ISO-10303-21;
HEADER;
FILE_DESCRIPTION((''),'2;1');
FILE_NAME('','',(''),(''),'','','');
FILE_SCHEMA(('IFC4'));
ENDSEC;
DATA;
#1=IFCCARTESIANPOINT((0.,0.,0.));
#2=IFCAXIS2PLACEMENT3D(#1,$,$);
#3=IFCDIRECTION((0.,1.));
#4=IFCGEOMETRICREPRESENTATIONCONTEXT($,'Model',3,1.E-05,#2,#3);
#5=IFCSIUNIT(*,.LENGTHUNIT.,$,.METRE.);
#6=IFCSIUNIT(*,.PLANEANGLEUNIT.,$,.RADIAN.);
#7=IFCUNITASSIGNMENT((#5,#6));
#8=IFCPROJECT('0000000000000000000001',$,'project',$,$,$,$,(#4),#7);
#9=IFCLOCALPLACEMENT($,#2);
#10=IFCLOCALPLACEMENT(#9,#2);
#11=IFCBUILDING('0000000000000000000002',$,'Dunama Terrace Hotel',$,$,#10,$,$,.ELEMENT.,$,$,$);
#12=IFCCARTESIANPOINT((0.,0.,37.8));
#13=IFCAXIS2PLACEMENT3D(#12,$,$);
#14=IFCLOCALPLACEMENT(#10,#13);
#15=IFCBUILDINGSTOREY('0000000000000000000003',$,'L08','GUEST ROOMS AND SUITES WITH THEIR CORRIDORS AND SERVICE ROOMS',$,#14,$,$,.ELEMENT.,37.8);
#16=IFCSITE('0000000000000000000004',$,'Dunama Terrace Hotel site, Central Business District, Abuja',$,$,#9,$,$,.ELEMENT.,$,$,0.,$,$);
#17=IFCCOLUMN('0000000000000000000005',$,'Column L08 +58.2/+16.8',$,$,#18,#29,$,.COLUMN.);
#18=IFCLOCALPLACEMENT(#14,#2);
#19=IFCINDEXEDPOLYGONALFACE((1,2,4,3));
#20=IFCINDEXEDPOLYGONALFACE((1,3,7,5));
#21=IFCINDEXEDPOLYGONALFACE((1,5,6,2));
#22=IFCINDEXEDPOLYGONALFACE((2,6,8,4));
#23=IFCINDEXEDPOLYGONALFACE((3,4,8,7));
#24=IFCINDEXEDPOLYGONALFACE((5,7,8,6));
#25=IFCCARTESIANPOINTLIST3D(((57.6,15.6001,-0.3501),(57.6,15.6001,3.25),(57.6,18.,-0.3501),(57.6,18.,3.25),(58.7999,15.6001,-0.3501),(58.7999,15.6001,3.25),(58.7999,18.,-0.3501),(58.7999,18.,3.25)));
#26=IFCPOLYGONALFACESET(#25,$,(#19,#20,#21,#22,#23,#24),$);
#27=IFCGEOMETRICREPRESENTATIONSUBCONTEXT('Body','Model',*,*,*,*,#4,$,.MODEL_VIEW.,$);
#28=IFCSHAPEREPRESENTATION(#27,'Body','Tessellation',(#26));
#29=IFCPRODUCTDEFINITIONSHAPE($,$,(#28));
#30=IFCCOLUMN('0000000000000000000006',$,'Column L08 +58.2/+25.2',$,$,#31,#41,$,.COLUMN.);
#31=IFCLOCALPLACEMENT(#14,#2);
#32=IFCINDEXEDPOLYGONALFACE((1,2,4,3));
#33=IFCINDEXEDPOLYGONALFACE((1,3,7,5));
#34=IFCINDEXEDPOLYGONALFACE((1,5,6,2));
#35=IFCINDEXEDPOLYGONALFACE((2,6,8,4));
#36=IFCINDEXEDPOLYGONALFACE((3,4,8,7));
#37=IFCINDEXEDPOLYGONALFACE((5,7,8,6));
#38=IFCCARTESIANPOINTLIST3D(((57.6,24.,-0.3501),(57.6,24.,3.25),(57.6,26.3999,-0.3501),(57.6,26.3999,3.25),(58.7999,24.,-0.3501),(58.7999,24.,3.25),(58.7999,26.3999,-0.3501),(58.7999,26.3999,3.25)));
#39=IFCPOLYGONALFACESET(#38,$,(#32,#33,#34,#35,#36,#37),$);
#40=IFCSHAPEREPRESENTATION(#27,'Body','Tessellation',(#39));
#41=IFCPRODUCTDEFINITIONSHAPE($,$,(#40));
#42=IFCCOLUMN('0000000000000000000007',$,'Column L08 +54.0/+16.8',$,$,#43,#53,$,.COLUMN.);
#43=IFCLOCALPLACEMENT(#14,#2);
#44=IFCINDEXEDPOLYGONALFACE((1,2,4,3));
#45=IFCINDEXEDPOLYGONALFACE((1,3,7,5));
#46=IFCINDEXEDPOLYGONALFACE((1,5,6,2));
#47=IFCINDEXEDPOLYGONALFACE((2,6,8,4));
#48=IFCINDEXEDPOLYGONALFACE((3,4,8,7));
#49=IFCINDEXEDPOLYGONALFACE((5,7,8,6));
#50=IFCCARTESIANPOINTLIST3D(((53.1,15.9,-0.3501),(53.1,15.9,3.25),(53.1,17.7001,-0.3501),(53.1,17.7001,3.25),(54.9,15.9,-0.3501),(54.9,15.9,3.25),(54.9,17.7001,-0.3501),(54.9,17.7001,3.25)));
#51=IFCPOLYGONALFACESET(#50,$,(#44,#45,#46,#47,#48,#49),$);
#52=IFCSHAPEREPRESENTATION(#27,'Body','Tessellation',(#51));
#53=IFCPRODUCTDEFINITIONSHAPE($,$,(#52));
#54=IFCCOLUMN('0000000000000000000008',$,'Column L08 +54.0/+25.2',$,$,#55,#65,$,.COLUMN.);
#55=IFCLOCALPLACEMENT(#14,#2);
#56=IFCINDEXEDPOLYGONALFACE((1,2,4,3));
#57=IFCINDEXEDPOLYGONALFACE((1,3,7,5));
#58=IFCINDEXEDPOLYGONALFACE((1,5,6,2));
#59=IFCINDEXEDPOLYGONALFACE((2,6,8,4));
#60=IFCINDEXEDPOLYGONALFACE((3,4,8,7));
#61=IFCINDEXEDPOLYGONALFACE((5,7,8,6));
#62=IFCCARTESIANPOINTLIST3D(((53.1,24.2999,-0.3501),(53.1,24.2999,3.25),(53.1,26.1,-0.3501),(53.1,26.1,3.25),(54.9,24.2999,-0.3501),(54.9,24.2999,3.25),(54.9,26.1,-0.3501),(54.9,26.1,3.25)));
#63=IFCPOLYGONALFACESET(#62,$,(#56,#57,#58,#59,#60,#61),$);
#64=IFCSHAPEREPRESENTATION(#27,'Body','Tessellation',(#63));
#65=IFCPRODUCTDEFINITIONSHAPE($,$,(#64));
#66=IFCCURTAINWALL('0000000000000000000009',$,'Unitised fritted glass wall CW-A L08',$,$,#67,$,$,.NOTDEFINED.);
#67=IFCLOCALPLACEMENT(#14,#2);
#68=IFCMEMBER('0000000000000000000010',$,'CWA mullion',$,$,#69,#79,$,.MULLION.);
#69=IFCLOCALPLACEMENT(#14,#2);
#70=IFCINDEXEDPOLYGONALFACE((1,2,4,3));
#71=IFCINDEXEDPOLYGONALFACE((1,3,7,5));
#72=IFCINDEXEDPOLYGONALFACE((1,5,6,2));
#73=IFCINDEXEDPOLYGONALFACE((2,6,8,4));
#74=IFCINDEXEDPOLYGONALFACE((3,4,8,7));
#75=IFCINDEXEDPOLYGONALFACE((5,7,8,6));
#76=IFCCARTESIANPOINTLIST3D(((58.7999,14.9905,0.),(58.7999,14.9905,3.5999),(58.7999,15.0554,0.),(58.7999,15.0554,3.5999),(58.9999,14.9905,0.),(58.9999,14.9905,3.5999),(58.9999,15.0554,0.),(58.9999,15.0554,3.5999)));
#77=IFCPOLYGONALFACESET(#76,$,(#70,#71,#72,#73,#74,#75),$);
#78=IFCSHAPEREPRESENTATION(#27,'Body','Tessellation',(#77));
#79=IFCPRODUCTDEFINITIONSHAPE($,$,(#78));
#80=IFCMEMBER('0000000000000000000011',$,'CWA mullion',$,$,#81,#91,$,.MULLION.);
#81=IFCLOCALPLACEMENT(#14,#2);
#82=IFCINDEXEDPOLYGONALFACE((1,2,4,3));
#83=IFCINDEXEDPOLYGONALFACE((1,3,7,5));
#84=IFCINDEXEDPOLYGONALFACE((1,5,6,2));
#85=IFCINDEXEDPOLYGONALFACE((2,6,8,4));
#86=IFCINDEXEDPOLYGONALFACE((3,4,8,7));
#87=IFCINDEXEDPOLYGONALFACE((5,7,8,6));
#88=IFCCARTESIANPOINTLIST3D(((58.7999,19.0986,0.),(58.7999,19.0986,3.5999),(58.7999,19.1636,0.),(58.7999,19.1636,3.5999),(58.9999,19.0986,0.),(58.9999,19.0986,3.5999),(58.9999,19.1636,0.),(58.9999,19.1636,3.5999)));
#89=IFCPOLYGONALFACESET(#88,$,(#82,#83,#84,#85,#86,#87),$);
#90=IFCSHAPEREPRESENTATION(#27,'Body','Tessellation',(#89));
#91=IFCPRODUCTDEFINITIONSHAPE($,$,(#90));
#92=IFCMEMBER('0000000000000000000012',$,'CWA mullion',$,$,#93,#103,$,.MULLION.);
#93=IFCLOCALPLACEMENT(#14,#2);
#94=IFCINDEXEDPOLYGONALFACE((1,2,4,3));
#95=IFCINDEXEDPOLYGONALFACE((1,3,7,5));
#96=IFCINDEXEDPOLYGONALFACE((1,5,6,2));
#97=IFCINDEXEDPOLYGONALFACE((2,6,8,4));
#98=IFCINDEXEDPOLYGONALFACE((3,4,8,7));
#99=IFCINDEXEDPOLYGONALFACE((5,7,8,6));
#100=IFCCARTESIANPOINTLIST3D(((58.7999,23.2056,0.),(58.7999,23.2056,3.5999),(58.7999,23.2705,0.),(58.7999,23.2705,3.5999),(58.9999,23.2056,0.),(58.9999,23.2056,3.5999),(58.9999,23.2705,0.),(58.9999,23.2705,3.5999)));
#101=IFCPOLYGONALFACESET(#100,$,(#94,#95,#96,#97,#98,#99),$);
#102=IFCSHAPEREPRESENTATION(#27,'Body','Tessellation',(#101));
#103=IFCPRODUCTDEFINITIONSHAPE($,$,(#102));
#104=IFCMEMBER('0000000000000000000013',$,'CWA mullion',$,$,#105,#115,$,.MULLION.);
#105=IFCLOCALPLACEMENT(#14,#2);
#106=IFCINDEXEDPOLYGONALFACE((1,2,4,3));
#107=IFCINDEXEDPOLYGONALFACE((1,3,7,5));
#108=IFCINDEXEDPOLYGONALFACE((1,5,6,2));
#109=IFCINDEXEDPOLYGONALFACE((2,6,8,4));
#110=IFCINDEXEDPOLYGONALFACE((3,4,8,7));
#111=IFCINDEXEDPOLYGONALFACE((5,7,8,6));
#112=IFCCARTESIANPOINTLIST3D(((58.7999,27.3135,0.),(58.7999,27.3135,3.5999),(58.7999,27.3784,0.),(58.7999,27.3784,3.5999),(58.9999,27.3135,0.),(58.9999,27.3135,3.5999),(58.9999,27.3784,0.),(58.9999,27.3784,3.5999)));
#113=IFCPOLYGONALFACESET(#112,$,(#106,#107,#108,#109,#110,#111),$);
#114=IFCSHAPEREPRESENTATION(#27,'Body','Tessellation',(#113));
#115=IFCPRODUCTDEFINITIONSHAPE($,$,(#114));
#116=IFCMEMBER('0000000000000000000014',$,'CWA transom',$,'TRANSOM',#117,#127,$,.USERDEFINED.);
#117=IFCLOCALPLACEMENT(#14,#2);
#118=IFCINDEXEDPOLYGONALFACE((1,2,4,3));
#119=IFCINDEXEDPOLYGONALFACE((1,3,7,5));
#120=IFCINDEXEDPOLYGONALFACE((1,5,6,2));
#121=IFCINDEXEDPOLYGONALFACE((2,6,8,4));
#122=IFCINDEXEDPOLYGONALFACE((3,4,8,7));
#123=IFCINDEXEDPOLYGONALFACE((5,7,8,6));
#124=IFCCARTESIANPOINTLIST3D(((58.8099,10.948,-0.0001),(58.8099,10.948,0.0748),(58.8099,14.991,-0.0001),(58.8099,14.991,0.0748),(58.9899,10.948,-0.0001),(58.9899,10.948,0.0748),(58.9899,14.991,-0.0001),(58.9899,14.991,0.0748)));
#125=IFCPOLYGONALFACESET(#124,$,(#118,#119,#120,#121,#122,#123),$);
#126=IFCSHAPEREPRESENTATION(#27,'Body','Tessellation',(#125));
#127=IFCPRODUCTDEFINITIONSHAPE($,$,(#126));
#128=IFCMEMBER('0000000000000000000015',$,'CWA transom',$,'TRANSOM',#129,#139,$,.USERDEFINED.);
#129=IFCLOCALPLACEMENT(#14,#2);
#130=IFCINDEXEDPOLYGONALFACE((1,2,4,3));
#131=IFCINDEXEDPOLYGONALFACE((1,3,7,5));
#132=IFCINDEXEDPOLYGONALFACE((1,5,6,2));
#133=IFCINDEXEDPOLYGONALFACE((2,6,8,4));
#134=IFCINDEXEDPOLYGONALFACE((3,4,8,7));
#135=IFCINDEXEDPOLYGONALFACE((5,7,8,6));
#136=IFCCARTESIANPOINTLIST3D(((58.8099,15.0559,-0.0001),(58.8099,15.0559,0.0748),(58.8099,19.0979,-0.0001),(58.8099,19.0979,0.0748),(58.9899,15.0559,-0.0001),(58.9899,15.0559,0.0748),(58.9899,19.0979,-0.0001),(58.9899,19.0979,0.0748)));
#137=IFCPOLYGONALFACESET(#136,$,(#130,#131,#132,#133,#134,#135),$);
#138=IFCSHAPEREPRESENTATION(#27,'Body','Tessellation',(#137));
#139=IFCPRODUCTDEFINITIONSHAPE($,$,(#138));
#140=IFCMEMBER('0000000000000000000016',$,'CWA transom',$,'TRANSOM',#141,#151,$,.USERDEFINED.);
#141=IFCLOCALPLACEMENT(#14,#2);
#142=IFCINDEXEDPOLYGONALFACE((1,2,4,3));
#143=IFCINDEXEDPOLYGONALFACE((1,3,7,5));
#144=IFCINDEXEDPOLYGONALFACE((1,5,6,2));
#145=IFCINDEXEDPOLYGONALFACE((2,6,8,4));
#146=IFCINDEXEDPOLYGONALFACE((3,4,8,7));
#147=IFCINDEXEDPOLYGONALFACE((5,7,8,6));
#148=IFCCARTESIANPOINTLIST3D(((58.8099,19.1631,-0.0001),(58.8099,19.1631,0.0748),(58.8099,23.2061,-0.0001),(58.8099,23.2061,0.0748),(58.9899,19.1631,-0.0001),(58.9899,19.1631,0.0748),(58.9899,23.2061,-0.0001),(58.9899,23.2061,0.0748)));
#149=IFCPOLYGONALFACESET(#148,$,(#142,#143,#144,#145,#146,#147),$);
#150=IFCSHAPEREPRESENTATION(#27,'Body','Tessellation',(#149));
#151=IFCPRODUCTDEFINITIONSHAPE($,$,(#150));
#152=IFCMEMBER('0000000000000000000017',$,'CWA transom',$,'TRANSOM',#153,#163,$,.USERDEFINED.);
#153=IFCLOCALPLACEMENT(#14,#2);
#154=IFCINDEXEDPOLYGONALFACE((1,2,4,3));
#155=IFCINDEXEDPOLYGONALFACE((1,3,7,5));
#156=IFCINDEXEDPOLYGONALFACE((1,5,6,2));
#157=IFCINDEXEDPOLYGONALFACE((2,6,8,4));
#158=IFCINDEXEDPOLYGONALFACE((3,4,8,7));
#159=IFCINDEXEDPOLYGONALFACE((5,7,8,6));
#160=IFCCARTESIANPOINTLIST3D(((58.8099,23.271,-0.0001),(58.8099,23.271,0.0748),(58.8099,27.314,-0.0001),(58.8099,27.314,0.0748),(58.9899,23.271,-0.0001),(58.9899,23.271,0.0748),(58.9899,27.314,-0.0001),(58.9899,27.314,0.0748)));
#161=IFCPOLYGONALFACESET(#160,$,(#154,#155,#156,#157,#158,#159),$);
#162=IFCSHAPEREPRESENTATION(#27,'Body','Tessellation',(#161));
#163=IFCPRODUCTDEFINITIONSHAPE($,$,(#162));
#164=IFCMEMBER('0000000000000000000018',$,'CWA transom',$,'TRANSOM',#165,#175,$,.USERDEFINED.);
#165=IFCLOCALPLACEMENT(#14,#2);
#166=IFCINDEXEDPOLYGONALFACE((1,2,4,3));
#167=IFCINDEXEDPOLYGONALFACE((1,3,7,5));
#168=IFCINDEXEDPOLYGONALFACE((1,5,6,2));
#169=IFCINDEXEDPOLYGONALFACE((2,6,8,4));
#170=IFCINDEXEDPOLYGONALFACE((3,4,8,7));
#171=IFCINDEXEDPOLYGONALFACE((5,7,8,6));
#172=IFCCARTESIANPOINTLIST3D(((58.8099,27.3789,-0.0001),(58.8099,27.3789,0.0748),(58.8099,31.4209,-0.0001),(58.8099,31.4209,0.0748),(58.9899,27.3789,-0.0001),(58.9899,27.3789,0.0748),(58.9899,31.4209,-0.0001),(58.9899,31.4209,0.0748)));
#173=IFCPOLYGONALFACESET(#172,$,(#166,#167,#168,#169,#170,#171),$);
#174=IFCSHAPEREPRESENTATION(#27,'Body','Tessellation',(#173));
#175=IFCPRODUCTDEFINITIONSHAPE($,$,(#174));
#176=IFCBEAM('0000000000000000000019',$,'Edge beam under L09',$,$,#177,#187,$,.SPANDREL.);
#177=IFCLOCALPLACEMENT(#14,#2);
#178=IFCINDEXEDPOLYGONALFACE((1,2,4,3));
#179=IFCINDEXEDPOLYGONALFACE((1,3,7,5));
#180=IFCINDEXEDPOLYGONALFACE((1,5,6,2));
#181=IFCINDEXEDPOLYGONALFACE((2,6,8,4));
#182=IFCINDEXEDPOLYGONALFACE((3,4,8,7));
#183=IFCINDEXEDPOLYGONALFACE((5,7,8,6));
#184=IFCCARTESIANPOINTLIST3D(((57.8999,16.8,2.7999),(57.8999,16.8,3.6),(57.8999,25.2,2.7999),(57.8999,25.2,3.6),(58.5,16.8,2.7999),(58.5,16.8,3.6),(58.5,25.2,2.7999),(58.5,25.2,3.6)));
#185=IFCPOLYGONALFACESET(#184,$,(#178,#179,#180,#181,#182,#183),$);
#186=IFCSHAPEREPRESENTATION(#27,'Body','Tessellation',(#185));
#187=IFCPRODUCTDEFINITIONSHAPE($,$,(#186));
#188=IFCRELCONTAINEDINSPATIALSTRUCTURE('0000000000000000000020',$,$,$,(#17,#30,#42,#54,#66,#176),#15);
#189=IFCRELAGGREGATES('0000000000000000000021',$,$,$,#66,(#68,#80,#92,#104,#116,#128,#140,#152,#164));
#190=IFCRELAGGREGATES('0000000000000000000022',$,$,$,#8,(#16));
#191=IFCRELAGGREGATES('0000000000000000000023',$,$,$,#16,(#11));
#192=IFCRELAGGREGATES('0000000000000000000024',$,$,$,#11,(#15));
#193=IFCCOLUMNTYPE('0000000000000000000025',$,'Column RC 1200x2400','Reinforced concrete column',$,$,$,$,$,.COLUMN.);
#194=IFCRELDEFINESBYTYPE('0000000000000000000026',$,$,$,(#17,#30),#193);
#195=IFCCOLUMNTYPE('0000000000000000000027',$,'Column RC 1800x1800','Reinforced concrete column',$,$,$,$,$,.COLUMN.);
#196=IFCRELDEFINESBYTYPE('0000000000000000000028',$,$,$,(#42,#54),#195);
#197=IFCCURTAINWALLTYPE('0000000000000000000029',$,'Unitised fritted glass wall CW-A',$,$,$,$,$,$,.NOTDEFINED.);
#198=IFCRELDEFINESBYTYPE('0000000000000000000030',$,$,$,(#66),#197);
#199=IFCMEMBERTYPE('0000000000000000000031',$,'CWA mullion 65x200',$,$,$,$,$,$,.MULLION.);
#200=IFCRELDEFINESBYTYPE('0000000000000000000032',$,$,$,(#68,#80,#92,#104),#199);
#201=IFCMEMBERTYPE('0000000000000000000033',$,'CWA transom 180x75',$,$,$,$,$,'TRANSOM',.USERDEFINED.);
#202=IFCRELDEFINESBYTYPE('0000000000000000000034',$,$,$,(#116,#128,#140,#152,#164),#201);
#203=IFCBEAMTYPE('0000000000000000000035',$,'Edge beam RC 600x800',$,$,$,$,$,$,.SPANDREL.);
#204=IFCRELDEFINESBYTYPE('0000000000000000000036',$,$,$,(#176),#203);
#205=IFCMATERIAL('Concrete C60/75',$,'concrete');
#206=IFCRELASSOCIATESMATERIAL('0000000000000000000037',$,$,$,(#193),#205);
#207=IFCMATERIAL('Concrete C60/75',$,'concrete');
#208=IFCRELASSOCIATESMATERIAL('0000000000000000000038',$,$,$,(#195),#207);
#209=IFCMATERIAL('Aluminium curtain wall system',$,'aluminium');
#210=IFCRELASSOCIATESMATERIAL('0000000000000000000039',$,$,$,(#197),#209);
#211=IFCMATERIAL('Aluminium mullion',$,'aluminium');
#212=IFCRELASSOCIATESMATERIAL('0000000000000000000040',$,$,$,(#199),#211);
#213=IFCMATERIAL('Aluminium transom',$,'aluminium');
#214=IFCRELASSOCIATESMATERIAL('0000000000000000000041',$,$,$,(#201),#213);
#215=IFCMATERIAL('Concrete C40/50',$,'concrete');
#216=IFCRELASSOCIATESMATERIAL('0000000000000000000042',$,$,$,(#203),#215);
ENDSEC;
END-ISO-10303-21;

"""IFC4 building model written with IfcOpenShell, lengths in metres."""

from ifc_helpers import new_model, si_unit, direction, frame, origin, origin_2d, place, context, subcontext, project, spatial, rectangle, extrude, material, material_profile, profile_set, type_object, element, aggregate, save


model = new_model("IFC4")

# Units and contexts
model_context = context("Model", 3, precision=1e-05, world=origin(), true_north=direction((0.0, 1.0)))
body_context = subcontext(model_context, "Body", "Model", "MODEL_VIEW")
ifc_project = project(units=[si_unit("LENGTHUNIT", "METRE"), si_unit("PLANEANGLEUNIT", "RADIAN")], contexts=[model_context])

# Site, building, storey
site_placement = place(None, origin())
site = spatial("IfcSite", under=ifc_project, at=site_placement, Name="Dunama Terrace Hotel site, Central Business District, Abuja", CompositionType="ELEMENT", RefElevation=0.0)
building_placement = place(site_placement, origin())
building = spatial("IfcBuilding", under=site, at=building_placement, Name="Dunama Terrace Hotel", CompositionType="ELEMENT")
storey_placement = place(building_placement, frame((0.0, 0.0, 37.8)))
storey = spatial("IfcBuildingStorey", under=building, at=storey_placement, Name="L08", Description="GUEST ROOMS AND SUITES WITH THEIR CORRIDORS AND SERVICE ROOMS", CompositionType="ELEMENT", Elevation=37.8)

# Columns
ifc_material_1 = material(Name="Concrete C60/75", Category="concrete")
ifc_material_profile_1 = material_profile(ifc_material_1, rectangle(XDim=1.2, YDim=2.3999, at=origin_2d()), Name="RC 1200x2400")
ifc_profile_set_1 = profile_set([ifc_material_profile_1], Name="Concrete C60/75")
column_type_1 = type_object("IfcColumnType", Name="Column RC 1200x2400", Description="Reinforced concrete column", PredefinedType="COLUMN", material=ifc_profile_set_1)
for number, where, z_axis, x_axis, name in (
    (1, (58.2, 16.8, -0.3501), (0.0, 0.0, 1.0), (1.0, 0.0, 0.0), "Column L08 +58.2/+16.8"),
    (2, (58.2, 25.2, -0.3501), (0.0, 0.0, 1.0), (1.0, 0.0, 0.0), "Column L08 +58.2/+25.2"),
):
    element("IfcColumn", number, at=place(storey_placement, frame(where, z_axis=z_axis, x_axis=x_axis)), inside=storey, type_object=column_type_1, Name=name, PredefinedType="COLUMN", context=body_context, shape_type="SweptSolid", body=[
        extrude(rectangle(XDim=1.2, YDim=2.3999, at=origin_2d()), origin(), (0.0, 0.0, 1.0), 3.6001),
    ])
ifc_material_2 = material(Name="Concrete C60/75", Category="concrete")
ifc_material_profile_2 = material_profile(ifc_material_2, rectangle(XDim=1.8, YDim=1.8, at=origin_2d()), Name="RC 1800x1800")
ifc_profile_set_2 = profile_set([ifc_material_profile_2], Name="Concrete C60/75")
column_type_2 = type_object("IfcColumnType", Name="Column RC 1800x1800", Description="Reinforced concrete column", PredefinedType="COLUMN", material=ifc_profile_set_2)
for number, where, z_axis, x_axis, name in (
    (3, (54.0, 16.8, -0.3501), (0.0, 0.0, 1.0), (1.0, 0.0, 0.0), "Column L08 +54.0/+16.8"),
    (4, (54.0, 25.2, -0.3501), (0.0, 0.0, 1.0), (1.0, 0.0, 0.0), "Column L08 +54.0/+25.2"),
):
    element("IfcColumn", number, at=place(storey_placement, frame(where, z_axis=z_axis, x_axis=x_axis)), inside=storey, type_object=column_type_2, Name=name, PredefinedType="COLUMN", context=body_context, shape_type="SweptSolid", body=[
        extrude(rectangle(XDim=1.8, YDim=1.8, at=origin_2d()), origin(), (0.0, 0.0, 1.0), 3.6001),
    ])

# Curtain wall, members
ifc_material_3 = material(Name="Aluminium curtain wall system", Category="aluminium")
curtain_wall_type = type_object("IfcCurtainWallType", Name="Unitised fritted glass wall CW-A", PredefinedType="NOTDEFINED", material=ifc_material_3)
curtain_wall_placement = place(storey_placement, origin())
curtain_wall = element("IfcCurtainWall", 5, at=curtain_wall_placement, inside=storey, type_object=curtain_wall_type, Name="Unitised fritted glass wall CW-A L08", PredefinedType="NOTDEFINED")
ifc_material_4 = material(Name="Aluminium mullion", Category="aluminium")
ifc_material_profile_3 = material_profile(ifc_material_4, rectangle(XDim=0.0649, YDim=0.2, at=origin_2d()), Name="CWA MULLION 65X200")
ifc_profile_set_3 = profile_set([ifc_material_profile_3], Name="Aluminium mullion")
member_type_1 = type_object("IfcMemberType", Name="CWA mullion 65x200", PredefinedType="MULLION", material=ifc_profile_set_3)
member_1_placement = place(storey_placement, frame((58.8999, 15.0229, 0.0), z_axis=(0.0, 0.0, 1.0), x_axis=(0.0, 1.0, 0.0)))
member_1 = element("IfcMember", 6, at=member_1_placement, type_object=member_type_1, Name="CWA mullion", PredefinedType="MULLION", context=body_context, shape_type="SweptSolid", body=[
    extrude(rectangle(XDim=0.0649, YDim=0.2, at=origin_2d()), origin(), (0.0, 0.0, 1.0), 3.5999),
])
member_2_placement = place(storey_placement, frame((58.8999, 19.1311, 0.0), z_axis=(0.0, 0.0, 1.0), x_axis=(0.0, 1.0, 0.0)))
member_2 = element("IfcMember", 7, at=member_2_placement, type_object=member_type_1, Name="CWA mullion", PredefinedType="MULLION", context=body_context, shape_type="SweptSolid", body=[
    extrude(rectangle(XDim=0.0649, YDim=0.2, at=origin_2d()), origin(), (0.0, 0.0, 1.0), 3.5999),
])
member_3_placement = place(storey_placement, frame((58.8999, 23.238, 0.0), z_axis=(0.0, 0.0, 1.0), x_axis=(0.0, 1.0, 0.0)))
member_3 = element("IfcMember", 8, at=member_3_placement, type_object=member_type_1, Name="CWA mullion", PredefinedType="MULLION", context=body_context, shape_type="SweptSolid", body=[
    extrude(rectangle(XDim=0.0649, YDim=0.2, at=origin_2d()), origin(), (0.0, 0.0, 1.0), 3.5999),
])
member_4_placement = place(storey_placement, frame((58.8999, 27.3459, 0.0), z_axis=(0.0, 0.0, 1.0), x_axis=(0.0, 1.0, 0.0)))
member_4 = element("IfcMember", 9, at=member_4_placement, type_object=member_type_1, Name="CWA mullion", PredefinedType="MULLION", context=body_context, shape_type="SweptSolid", body=[
    extrude(rectangle(XDim=0.0649, YDim=0.2, at=origin_2d()), origin(), (0.0, 0.0, 1.0), 3.5999),
])
ifc_material_5 = material(Name="Aluminium transom", Category="aluminium")
ifc_material_profile_4 = material_profile(ifc_material_5, rectangle(XDim=0.1799, YDim=0.075, at=origin_2d()), Name="CWA TRANSOM 180X75")
ifc_profile_set_4 = profile_set([ifc_material_profile_4], Name="Aluminium transom")
member_type_2 = type_object("IfcMemberType", Name="CWA transom 180x75", ElementType="TRANSOM", PredefinedType="USERDEFINED", material=ifc_profile_set_4)
member_5_placement = place(storey_placement, frame((58.8999, 10.948, 0.0374), z_axis=(0.0, 1.0, 0.0), x_axis=(-1.0, 0.0, 0.0)))
member_5 = element("IfcMember", 10, at=member_5_placement, type_object=member_type_2, Name="CWA transom", ObjectType="TRANSOM", PredefinedType="USERDEFINED", context=body_context, shape_type="SweptSolid", body=[
    extrude(rectangle(XDim=0.1799, YDim=0.075, at=origin_2d()), origin(), (0.0, 0.0, 1.0), 4.043),
])
member_6_placement = place(storey_placement, frame((58.8999, 15.0559, 0.0374), z_axis=(0.0, 1.0, 0.0), x_axis=(-1.0, 0.0, 0.0)))
member_6 = element("IfcMember", 11, at=member_6_placement, type_object=member_type_2, Name="CWA transom", ObjectType="TRANSOM", PredefinedType="USERDEFINED", context=body_context, shape_type="SweptSolid", body=[
    extrude(rectangle(XDim=0.1799, YDim=0.075, at=origin_2d()), origin(), (0.0, 0.0, 1.0), 4.042),
])
member_7_placement = place(storey_placement, frame((58.8999, 19.1631, 0.0374), z_axis=(0.0, 1.0, 0.0), x_axis=(-1.0, 0.0, 0.0)))
member_7 = element("IfcMember", 12, at=member_7_placement, type_object=member_type_2, Name="CWA transom", ObjectType="TRANSOM", PredefinedType="USERDEFINED", context=body_context, shape_type="SweptSolid", body=[
    extrude(rectangle(XDim=0.1799, YDim=0.075, at=origin_2d()), origin(), (0.0, 0.0, 1.0), 4.043),
])
member_8_placement = place(storey_placement, frame((58.8999, 23.271, 0.0374), z_axis=(0.0, 1.0, 0.0), x_axis=(-1.0, 0.0, 0.0)))
member_8 = element("IfcMember", 13, at=member_8_placement, type_object=member_type_2, Name="CWA transom", ObjectType="TRANSOM", PredefinedType="USERDEFINED", context=body_context, shape_type="SweptSolid", body=[
    extrude(rectangle(XDim=0.1799, YDim=0.075, at=origin_2d()), origin(), (0.0, 0.0, 1.0), 4.043),
])
member_9_placement = place(storey_placement, frame((58.8999, 27.3789, 0.0374), z_axis=(0.0, 1.0, 0.0), x_axis=(-1.0, 0.0, 0.0)))
member_9 = element("IfcMember", 14, at=member_9_placement, type_object=member_type_2, Name="CWA transom", ObjectType="TRANSOM", PredefinedType="USERDEFINED", context=body_context, shape_type="SweptSolid", body=[
    extrude(rectangle(XDim=0.1799, YDim=0.075, at=origin_2d()), origin(), (0.0, 0.0, 1.0), 4.042),
])

# Beam
ifc_material_6 = material(Name="Concrete C40/50", Category="concrete")
ifc_material_profile_5 = material_profile(ifc_material_6, rectangle(XDim=0.6001, YDim=0.8, at=origin_2d()), Name="RC 600x800")
ifc_profile_set_5 = profile_set([ifc_material_profile_5], Name="Concrete C40/50")
beam_type = type_object("IfcBeamType", Name="Edge beam RC 600x800", PredefinedType="SPANDREL", material=ifc_profile_set_5)
beam_1_placement = place(storey_placement, frame((58.2, 16.8, 3.2), z_axis=(0.0, 1.0, 0.0), x_axis=(-1.0, 0.0, 0.0)))
element("IfcBeam", 15, at=beam_1_placement, inside=storey, type_object=beam_type, Name="Edge beam under L09", PredefinedType="SPANDREL", context=body_context, shape_type="SweptSolid", body=[
    extrude(rectangle(XDim=0.6001, YDim=0.8, at=origin_2d()), origin(), (0.0, 0.0, 1.0), 8.3999),
])

aggregate(curtain_wall, [member_1, member_2, member_3, member_4, member_5, member_6, member_7, member_8, member_9])

save(model, "model.ifc")
